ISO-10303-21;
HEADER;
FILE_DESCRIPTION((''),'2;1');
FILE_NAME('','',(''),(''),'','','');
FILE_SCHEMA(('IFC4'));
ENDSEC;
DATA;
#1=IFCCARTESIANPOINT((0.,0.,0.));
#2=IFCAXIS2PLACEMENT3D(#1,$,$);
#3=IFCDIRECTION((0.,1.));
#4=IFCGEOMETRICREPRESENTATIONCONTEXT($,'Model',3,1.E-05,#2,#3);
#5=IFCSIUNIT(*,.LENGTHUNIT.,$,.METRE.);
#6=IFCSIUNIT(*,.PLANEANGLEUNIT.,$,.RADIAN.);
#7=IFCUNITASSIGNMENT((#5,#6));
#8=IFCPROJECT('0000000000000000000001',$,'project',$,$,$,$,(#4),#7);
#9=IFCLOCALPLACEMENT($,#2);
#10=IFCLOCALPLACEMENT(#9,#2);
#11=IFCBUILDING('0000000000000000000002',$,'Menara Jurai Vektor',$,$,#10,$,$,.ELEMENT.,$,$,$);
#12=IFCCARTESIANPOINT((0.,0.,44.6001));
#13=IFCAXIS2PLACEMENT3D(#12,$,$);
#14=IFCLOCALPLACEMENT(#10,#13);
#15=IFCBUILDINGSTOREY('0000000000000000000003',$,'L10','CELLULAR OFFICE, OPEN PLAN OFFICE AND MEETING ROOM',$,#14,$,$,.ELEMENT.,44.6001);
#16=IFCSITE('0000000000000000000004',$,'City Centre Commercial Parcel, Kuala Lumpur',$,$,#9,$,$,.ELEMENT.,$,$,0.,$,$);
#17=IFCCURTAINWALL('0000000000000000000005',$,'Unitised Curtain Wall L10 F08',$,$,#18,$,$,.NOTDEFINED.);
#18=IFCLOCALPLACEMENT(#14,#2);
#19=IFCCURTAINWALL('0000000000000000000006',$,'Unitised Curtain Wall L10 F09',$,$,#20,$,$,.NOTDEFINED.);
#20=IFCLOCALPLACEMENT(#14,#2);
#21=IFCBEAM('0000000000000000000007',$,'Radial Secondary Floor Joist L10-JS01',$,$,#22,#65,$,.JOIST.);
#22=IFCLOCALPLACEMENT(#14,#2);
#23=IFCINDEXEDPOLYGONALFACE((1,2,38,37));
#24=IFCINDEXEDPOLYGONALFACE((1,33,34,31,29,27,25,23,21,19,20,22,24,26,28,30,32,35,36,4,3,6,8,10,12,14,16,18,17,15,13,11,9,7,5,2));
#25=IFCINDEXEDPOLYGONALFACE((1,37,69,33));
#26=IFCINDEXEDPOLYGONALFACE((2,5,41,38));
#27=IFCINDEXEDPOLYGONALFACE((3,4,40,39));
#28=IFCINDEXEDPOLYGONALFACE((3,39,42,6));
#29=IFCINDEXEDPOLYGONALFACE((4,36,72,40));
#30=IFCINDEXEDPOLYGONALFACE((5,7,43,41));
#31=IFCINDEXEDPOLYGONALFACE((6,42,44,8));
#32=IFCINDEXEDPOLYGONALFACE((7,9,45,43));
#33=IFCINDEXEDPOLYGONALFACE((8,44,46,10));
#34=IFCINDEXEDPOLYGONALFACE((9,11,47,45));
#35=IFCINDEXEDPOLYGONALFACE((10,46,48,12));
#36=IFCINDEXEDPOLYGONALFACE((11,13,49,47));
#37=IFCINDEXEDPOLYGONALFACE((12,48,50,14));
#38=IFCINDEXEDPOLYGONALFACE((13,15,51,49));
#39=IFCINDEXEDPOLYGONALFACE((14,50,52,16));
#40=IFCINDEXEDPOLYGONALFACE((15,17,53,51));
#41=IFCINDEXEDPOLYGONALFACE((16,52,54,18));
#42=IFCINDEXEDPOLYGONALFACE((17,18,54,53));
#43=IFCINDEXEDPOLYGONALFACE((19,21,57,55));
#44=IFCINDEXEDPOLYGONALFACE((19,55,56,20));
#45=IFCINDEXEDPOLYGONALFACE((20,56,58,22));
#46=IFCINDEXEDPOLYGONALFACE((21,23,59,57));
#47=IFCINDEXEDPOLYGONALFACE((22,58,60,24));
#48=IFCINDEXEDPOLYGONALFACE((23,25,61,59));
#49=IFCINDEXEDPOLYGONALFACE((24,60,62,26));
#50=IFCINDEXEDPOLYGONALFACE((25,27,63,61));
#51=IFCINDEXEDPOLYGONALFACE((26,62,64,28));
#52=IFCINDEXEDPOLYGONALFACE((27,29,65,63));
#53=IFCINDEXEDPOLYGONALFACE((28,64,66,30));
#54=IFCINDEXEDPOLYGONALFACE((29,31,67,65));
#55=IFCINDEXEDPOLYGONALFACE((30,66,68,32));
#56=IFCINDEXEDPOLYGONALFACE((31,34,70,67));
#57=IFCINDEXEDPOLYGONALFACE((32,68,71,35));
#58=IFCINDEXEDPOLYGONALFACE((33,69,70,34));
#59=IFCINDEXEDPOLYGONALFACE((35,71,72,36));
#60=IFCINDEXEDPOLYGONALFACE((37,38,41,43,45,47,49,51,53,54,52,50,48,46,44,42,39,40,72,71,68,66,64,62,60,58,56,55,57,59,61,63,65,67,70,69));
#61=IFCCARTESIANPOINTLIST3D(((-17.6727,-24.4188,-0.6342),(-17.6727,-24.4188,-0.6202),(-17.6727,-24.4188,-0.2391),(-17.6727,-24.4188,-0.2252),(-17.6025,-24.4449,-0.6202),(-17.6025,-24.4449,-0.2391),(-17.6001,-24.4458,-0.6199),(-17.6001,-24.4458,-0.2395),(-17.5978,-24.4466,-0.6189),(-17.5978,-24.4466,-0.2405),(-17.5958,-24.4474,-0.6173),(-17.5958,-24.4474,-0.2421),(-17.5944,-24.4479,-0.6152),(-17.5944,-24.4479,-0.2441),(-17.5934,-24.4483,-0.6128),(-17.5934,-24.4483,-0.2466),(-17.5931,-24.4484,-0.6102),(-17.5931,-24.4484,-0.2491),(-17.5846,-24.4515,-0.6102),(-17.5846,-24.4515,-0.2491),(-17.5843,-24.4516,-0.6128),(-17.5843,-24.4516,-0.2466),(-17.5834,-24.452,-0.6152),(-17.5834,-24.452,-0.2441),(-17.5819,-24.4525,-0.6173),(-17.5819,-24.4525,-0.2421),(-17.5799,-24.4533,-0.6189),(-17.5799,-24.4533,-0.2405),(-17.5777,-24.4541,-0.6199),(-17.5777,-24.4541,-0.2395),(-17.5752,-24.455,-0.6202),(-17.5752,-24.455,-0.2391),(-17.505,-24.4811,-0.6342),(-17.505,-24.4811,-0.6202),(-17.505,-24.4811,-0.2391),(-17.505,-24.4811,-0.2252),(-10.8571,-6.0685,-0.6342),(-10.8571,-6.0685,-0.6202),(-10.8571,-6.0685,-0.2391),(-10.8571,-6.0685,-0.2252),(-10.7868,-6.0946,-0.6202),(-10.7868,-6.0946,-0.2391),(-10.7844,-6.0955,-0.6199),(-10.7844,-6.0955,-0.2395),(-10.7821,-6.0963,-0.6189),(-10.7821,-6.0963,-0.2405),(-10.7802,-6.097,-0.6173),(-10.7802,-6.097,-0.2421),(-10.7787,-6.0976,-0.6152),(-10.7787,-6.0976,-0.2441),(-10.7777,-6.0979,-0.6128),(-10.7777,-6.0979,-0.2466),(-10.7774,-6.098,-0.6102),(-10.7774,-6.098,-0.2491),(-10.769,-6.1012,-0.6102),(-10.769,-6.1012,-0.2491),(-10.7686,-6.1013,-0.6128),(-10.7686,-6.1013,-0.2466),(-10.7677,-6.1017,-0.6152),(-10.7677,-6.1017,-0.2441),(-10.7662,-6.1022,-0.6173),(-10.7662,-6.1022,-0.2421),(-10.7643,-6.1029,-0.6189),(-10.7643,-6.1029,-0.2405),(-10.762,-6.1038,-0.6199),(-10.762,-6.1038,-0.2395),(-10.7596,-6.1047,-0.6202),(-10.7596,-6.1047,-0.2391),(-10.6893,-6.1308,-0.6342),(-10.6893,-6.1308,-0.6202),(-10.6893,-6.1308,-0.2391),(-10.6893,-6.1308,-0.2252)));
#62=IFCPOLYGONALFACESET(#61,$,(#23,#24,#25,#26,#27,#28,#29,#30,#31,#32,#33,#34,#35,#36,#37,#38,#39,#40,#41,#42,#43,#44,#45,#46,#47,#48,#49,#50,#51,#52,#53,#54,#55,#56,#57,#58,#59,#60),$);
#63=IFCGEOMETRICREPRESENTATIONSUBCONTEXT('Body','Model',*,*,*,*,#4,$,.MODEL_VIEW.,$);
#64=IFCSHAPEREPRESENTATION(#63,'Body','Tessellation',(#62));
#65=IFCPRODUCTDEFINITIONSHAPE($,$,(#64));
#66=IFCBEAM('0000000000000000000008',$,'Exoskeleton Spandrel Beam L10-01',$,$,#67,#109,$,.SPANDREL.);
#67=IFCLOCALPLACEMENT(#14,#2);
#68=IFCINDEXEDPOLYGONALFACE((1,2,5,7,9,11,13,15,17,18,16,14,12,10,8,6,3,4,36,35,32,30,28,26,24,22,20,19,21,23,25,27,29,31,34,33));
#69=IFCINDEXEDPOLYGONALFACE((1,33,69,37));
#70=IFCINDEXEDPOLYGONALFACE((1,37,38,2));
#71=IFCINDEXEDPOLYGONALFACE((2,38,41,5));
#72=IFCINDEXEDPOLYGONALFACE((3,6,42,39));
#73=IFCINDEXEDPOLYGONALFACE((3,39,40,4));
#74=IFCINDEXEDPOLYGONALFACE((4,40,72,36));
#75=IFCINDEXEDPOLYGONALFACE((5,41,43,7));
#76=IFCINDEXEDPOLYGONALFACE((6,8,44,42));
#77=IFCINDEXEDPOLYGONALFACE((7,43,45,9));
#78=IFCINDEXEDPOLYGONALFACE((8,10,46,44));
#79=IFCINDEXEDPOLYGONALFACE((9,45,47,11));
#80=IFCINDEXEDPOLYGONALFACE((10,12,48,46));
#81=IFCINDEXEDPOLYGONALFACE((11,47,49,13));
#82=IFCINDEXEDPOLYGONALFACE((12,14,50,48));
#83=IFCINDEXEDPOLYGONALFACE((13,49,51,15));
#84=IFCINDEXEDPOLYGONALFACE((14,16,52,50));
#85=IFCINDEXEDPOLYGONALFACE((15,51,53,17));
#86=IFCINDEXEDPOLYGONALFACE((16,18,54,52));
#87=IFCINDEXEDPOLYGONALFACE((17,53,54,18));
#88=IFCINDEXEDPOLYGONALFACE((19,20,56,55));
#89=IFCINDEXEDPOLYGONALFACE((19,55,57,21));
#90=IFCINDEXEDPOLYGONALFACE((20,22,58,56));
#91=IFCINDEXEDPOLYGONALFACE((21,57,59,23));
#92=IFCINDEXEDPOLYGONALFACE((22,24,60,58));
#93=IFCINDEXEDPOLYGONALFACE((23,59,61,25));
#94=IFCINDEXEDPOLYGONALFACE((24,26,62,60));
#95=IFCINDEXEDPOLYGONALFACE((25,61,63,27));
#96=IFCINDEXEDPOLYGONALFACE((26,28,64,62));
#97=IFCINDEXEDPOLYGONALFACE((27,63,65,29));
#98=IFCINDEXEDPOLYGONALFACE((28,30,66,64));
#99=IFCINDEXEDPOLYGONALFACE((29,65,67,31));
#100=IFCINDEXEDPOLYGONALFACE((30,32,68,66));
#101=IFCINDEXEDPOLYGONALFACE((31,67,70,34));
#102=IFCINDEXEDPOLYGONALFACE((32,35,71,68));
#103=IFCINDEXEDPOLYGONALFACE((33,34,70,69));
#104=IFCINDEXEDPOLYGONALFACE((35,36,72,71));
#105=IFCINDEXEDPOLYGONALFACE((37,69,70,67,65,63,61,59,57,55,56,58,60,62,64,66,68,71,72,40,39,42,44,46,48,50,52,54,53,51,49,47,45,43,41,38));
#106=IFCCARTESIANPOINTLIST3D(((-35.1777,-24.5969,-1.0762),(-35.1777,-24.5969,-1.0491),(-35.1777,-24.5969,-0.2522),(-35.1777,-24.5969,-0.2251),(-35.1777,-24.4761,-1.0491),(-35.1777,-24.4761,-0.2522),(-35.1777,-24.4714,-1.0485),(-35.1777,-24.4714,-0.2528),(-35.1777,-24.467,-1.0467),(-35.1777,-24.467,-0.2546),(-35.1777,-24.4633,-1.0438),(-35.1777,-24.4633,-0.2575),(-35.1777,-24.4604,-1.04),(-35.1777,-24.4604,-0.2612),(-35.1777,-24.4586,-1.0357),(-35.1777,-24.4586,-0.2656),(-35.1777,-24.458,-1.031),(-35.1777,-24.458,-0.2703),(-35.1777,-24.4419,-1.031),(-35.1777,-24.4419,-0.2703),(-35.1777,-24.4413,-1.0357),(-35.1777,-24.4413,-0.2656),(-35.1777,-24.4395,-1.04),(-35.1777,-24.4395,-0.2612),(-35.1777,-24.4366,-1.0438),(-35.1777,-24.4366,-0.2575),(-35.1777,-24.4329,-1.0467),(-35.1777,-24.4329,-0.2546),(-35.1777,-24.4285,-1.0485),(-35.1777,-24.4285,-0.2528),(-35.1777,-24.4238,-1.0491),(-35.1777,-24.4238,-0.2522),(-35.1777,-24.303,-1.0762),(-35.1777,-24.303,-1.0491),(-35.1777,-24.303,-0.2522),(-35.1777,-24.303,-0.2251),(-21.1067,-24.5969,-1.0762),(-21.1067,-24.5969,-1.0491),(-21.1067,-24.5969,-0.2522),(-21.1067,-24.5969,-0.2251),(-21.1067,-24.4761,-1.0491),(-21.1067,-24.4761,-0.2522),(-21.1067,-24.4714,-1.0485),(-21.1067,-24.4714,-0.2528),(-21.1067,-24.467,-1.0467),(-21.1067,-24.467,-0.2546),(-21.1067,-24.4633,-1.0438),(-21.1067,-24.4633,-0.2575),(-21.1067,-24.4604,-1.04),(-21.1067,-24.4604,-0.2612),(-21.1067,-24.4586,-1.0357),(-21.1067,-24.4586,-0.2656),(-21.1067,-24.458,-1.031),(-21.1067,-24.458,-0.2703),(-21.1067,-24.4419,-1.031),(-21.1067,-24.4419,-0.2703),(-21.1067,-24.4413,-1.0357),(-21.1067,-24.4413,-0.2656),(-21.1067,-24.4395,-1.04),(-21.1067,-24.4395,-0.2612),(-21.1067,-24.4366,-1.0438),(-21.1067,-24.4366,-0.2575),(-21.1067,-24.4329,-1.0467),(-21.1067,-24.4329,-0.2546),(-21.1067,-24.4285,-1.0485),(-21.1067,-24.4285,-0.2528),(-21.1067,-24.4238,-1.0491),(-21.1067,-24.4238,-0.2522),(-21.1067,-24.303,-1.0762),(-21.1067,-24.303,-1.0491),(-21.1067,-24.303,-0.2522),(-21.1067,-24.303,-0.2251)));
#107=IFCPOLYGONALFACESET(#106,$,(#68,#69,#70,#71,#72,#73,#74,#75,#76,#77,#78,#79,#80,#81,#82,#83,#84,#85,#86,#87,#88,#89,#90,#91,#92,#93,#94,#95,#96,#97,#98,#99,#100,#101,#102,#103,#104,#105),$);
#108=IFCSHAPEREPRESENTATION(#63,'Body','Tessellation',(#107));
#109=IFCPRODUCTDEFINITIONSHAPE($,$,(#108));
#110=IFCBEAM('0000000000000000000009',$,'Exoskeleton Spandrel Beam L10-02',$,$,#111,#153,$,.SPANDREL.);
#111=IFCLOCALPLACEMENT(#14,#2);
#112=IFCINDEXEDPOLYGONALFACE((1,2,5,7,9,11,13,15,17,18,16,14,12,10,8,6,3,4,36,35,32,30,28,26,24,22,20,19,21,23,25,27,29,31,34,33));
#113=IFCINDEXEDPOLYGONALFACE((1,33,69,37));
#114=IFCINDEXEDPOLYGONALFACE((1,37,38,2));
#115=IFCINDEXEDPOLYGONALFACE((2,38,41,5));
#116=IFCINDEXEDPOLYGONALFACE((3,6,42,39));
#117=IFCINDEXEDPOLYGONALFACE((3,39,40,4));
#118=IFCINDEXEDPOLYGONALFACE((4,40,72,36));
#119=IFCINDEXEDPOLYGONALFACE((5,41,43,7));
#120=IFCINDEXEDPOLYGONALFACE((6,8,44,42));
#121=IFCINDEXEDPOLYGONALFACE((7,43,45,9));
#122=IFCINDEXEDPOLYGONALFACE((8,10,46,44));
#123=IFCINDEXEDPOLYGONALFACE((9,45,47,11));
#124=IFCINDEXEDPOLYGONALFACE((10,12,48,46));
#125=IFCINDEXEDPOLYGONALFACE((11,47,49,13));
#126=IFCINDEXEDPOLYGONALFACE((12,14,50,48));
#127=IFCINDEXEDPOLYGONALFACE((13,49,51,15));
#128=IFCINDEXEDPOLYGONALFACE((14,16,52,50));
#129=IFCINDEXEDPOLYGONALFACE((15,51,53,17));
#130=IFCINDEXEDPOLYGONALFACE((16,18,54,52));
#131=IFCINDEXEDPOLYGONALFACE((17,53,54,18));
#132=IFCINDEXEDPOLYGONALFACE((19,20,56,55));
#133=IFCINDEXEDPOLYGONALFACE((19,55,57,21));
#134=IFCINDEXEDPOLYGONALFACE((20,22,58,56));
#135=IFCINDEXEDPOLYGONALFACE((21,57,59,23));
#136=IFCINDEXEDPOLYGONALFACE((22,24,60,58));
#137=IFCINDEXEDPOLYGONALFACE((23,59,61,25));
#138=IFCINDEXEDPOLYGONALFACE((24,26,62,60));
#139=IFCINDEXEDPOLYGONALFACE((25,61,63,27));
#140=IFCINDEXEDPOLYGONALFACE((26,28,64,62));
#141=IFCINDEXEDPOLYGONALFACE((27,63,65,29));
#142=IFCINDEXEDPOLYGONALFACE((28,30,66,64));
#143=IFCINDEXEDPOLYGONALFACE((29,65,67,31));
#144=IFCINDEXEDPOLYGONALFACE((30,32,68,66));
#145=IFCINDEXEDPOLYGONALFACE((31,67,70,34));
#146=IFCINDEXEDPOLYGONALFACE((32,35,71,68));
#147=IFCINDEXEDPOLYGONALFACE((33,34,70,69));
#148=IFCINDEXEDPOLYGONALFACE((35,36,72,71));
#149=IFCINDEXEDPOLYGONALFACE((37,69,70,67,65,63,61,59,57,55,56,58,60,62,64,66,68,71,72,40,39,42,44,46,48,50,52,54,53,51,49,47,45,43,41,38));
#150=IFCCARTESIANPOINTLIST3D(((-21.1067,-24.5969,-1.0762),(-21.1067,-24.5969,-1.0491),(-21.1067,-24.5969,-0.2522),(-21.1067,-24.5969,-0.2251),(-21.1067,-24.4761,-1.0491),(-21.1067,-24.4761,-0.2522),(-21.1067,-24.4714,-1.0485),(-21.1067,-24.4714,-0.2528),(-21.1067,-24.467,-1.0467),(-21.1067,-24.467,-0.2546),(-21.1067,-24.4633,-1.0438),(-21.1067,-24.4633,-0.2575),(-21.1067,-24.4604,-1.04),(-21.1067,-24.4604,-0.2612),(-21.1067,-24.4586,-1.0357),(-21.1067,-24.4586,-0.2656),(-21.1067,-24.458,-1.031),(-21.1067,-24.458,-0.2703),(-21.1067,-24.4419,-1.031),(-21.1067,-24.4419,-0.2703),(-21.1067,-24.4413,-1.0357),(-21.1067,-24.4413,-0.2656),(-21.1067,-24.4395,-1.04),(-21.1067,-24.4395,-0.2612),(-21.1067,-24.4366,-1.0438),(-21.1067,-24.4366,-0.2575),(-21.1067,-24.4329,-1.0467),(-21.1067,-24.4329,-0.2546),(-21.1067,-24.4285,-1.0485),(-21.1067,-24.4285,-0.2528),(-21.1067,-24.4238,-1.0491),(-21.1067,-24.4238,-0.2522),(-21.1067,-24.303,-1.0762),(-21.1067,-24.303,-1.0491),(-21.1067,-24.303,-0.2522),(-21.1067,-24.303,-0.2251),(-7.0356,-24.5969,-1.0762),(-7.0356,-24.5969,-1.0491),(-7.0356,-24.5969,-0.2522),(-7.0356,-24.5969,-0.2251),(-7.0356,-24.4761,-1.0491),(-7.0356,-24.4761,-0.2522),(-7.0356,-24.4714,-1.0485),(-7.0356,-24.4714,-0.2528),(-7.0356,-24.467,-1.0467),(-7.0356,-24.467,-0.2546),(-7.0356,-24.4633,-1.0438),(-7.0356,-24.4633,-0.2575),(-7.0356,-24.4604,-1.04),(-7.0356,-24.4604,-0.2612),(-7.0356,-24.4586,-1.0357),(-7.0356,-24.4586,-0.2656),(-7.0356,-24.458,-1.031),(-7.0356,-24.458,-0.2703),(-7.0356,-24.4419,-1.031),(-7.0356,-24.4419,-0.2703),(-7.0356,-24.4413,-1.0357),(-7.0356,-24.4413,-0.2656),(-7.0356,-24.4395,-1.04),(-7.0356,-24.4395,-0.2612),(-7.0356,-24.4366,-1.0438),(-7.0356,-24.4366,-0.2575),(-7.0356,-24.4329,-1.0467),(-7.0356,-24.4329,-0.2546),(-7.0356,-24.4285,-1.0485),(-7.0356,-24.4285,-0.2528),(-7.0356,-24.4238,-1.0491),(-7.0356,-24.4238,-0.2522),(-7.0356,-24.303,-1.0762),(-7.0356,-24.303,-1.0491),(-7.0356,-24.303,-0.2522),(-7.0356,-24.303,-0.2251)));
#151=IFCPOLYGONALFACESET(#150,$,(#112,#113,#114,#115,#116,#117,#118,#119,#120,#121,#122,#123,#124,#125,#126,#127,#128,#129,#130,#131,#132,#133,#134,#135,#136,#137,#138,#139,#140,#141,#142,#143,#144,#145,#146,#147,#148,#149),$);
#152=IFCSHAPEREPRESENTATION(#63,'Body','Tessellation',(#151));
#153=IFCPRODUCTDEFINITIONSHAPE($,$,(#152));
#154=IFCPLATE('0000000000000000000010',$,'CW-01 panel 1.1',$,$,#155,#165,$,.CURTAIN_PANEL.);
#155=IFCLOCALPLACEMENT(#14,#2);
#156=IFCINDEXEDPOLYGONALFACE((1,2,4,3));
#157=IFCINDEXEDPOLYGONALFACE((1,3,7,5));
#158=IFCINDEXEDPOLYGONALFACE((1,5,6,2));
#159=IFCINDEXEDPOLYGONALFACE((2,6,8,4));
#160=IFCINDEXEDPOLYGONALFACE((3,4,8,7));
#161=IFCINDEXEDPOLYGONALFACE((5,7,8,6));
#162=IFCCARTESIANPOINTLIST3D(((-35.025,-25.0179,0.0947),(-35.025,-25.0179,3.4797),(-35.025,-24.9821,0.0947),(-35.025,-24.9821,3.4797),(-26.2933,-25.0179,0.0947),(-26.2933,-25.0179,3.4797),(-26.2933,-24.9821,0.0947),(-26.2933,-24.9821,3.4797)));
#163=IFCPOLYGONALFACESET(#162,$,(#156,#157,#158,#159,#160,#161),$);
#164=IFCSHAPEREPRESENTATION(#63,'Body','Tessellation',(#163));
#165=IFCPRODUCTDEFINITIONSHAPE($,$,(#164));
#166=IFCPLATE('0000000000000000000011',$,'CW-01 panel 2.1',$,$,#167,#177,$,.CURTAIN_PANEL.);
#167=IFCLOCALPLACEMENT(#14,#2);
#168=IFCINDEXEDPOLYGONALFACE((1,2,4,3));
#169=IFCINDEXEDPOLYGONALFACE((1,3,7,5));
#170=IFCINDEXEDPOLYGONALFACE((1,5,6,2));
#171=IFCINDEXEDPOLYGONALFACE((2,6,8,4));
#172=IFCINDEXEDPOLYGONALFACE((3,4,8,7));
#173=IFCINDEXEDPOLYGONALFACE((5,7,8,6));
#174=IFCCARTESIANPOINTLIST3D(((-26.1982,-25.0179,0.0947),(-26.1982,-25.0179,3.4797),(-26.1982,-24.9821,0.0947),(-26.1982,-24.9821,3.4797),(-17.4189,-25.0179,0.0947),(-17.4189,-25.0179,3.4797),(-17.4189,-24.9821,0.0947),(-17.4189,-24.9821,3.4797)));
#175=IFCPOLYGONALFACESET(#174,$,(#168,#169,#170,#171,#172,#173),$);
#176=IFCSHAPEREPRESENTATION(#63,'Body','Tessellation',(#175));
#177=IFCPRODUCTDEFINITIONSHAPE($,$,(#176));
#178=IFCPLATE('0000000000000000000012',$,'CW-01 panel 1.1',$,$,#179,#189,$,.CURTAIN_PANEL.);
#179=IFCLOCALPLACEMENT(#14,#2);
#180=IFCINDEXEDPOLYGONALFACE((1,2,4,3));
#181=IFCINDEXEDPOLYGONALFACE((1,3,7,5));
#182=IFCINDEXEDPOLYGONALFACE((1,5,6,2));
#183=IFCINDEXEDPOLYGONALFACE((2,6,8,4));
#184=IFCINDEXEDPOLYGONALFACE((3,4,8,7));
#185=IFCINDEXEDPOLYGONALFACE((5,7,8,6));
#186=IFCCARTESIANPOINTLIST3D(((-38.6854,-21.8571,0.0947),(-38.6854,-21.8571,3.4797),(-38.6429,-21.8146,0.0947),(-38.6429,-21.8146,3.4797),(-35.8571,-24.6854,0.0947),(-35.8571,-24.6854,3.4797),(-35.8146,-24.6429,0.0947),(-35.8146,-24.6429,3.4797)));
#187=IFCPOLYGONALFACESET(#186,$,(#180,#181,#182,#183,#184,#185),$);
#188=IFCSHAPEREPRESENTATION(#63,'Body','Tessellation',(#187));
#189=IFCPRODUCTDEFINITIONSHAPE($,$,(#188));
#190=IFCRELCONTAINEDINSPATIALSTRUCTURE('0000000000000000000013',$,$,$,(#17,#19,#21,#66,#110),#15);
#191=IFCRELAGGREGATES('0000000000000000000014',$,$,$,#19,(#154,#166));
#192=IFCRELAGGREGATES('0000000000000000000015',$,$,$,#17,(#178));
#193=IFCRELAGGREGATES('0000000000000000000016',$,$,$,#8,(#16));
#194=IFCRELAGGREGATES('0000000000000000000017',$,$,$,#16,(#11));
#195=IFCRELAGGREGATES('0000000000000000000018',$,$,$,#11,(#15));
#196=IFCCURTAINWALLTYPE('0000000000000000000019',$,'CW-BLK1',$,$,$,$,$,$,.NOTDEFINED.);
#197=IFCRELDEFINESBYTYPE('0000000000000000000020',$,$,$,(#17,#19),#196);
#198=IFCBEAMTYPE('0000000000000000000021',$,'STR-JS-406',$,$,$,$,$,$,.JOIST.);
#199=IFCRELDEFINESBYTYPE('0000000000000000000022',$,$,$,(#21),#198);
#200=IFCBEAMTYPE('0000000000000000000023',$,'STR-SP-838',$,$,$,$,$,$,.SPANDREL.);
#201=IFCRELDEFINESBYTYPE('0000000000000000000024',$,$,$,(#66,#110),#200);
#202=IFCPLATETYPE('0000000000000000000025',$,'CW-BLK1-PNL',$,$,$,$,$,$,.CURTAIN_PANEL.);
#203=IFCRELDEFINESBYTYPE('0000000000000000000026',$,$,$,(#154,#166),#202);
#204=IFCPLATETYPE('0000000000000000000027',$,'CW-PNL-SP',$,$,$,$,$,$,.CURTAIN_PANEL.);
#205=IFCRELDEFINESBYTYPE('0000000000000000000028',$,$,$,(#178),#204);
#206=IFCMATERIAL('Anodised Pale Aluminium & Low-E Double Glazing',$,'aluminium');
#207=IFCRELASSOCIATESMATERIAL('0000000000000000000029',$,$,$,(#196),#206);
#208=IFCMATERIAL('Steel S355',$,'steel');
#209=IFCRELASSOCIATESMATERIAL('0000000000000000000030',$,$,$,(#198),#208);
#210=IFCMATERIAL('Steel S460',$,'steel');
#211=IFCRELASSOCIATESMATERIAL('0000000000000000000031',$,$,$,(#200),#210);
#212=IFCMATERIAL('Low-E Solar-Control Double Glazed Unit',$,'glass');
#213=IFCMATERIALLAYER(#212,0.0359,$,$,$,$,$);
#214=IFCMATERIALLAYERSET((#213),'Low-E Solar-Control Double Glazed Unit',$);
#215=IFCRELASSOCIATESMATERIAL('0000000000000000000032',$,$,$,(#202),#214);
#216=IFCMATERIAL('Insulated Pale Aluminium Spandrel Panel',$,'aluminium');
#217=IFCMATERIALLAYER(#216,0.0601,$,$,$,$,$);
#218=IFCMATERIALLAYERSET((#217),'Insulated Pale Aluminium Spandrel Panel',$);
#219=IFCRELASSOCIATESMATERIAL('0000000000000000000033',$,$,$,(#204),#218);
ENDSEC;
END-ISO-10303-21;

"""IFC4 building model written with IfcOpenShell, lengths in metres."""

from ifc_helpers import new_model, si_unit, direction, frame, origin, origin_2d, place, context, subcontext, project, spatial, rectangle, i_section, extrude, material, layer, layer_set, material_profile, profile_set, type_object, element, aggregate, save


model = new_model("IFC4")

# Units and contexts
model_context = context("Model", 3, precision=1e-05, world=origin(), true_north=direction((0.0, 1.0)))
body_context = subcontext(model_context, "Body", "Model", "MODEL_VIEW")
ifc_project = project(units=[si_unit("LENGTHUNIT", "METRE"), si_unit("PLANEANGLEUNIT", "RADIAN")], contexts=[model_context])

# Site, building, storey
site_placement = place(None, origin())
site = spatial("IfcSite", under=ifc_project, at=site_placement, Name="City Centre Commercial Parcel, Kuala Lumpur", CompositionType="ELEMENT", RefElevation=0.0)
building_placement = place(site_placement, origin())
building = spatial("IfcBuilding", under=site, at=building_placement, Name="Menara Jurai Vektor", CompositionType="ELEMENT")
storey_placement = place(building_placement, frame((0.0, 0.0, 44.6001)))
storey = spatial("IfcBuildingStorey", under=building, at=storey_placement, Name="L10", Description="CELLULAR OFFICE, OPEN PLAN OFFICE AND MEETING ROOM", CompositionType="ELEMENT", Elevation=44.6001)

# Shared definitions
ifc_material_1 = material(Name="Steel S460", Category="steel")

# Curtain walls
ifc_material_2 = material(Name="Anodised Pale Aluminium & Low-E Double Glazing", Category="aluminium")
curtain_wall_type = type_object("IfcCurtainWallType", Name="CW-BLK1", PredefinedType="NOTDEFINED", material=ifc_material_2)
curtain_wall_1_placement = place(storey_placement, origin())
curtain_wall_1 = element("IfcCurtainWall", 1, at=curtain_wall_1_placement, inside=storey, type_object=curtain_wall_type, Name="Unitised Curtain Wall L10 F08", PredefinedType="NOTDEFINED")
curtain_wall_2_placement = place(storey_placement, origin())
curtain_wall_2 = element("IfcCurtainWall", 2, at=curtain_wall_2_placement, inside=storey, type_object=curtain_wall_type, Name="Unitised Curtain Wall L10 F09", PredefinedType="NOTDEFINED")

# Beams
ifc_material_3 = material(Name="Steel S355", Category="steel")
ifc_material_profile_1 = material_profile(ifc_material_3, i_section(OverallWidth=0.179, OverallDepth=0.4089, WebThickness=0.009, FlangeThickness=0.0139, FilletRadius=0.01, at=origin_2d()), Name="UKB 406x178x67")
ifc_profile_set_1 = profile_set([ifc_material_profile_1], Name="Steel S355")
beam_type_1 = type_object("IfcBeamType", Name="STR-JS-406", PredefinedType="JOIST", material=ifc_profile_set_1)
beam_1_placement = place(storey_placement, frame((-17.5889, -24.45, -0.4297), z_axis=(0.348179, 0.937428, 0.0), x_axis=(-0.937428, 0.348179, 0.0)))
element("IfcBeam", 3, at=beam_1_placement, inside=storey, type_object=beam_type_1, Name="Radial Secondary Floor Joist L10-JS01", PredefinedType="JOIST", context=body_context, shape_type="SweptSolid", body=[
    extrude(i_section(OverallWidth=0.179, OverallDepth=0.4089, WebThickness=0.009, FlangeThickness=0.0139, FilletRadius=0.01, at=origin_2d()), origin(), (0.0, 0.0, 1.0), 19.5752),
])
ifc_material_profile_2 = material_profile(ifc_material_1, i_section(OverallWidth=0.2939, OverallDepth=0.8511, WebThickness=0.0161, FlangeThickness=0.0271, FilletRadius=0.0181, at=origin_2d()), Name="UKB 838x292x226")
ifc_profile_set_2 = profile_set([ifc_material_profile_2], Name="Steel S460")
beam_type_2 = type_object("IfcBeamType", Name="STR-SP-838", PredefinedType="SPANDREL", material=ifc_profile_set_2)
for number, where, z_axis, x_axis, name in (
    (4, (-35.1777, -24.45, -0.6506), (1.0, 0.0, 0.0), (0.0, 1.0, 0.0), "Exoskeleton Spandrel Beam L10-01"),
    (5, (-21.1067, -24.45, -0.6506), (1.0, 0.0, 0.0), (0.0, 1.0, 0.0), "Exoskeleton Spandrel Beam L10-02"),
):
    element("IfcBeam", number, at=place(storey_placement, frame(where, z_axis=z_axis, x_axis=x_axis)), inside=storey, type_object=beam_type_2, Name=name, PredefinedType="SPANDREL", context=body_context, shape_type="SweptSolid", body=[
        extrude(i_section(OverallWidth=0.2939, OverallDepth=0.8511, WebThickness=0.0161, FlangeThickness=0.0271, FilletRadius=0.0181, at=origin_2d()), origin(), (0.0, 0.0, 1.0), 14.071),
    ])

# Plates
ifc_material_4 = material(Name="Low-E Solar-Control Double Glazed Unit", Category="glass")
ifc_layer_1 = layer(ifc_material_4, 0.0359)
ifc_layer_set_1 = layer_set([ifc_layer_1], Name="Low-E Solar-Control Double Glazed Unit")
plate_type_1 = type_object("IfcPlateType", Name="CW-BLK1-PNL", PredefinedType="CURTAIN_PANEL", material=ifc_layer_set_1)
plate_1_placement = place(storey_placement, frame((-30.6592, -25.0, 0.0947), z_axis=(0.0, 0.0, 1.0), x_axis=(1.0, 0.0, 0.0)))
plate_1 = element("IfcPlate", 6, at=plate_1_placement, type_object=plate_type_1, Name="CW-01 panel 1.1", PredefinedType="CURTAIN_PANEL", context=body_context, shape_type="SweptSolid", body=[
    extrude(rectangle(XDim=8.7317, YDim=0.0359, at=origin_2d()), origin(), (0.0, 0.0, 1.0), 3.385),
])
plate_2_placement = place(storey_placement, frame((-21.8086, -25.0, 0.0947), z_axis=(0.0, 0.0, 1.0), x_axis=(1.0, 0.0, 0.0)))
plate_2 = element("IfcPlate", 7, at=plate_2_placement, type_object=plate_type_1, Name="CW-01 panel 2.1", PredefinedType="CURTAIN_PANEL", context=body_context, shape_type="SweptSolid", body=[
    extrude(rectangle(XDim=8.7793, YDim=0.0359, at=origin_2d()), origin(), (0.0, 0.0, 1.0), 3.385),
])
aggregate(curtain_wall_2, [plate_1, plate_2])
ifc_material_5 = material(Name="Insulated Pale Aluminium Spandrel Panel", Category="aluminium")
ifc_layer_2 = layer(ifc_material_5, 0.0601)
ifc_layer_set_2 = layer_set([ifc_layer_2], Name="Insulated Pale Aluminium Spandrel Panel")
plate_type_2 = type_object("IfcPlateType", Name="CW-PNL-SP", PredefinedType="CURTAIN_PANEL", material=ifc_layer_set_2)
plate_3_placement = place(storey_placement, frame((-37.25, -23.25, 0.0947), z_axis=(0.0, 0.0, 1.0), x_axis=(0.707107, -0.707107, 0.0)))
plate_3 = element("IfcPlate", 8, at=plate_3_placement, type_object=plate_type_2, Name="CW-01 panel 1.1", PredefinedType="CURTAIN_PANEL", context=body_context, shape_type="SweptSolid", body=[
    extrude(rectangle(XDim=3.9998, YDim=0.0601, at=origin_2d()), origin(), (0.0, 0.0, 1.0), 3.385),
])
aggregate(curtain_wall_1, [plate_3])

save(model, "model.ifc")
